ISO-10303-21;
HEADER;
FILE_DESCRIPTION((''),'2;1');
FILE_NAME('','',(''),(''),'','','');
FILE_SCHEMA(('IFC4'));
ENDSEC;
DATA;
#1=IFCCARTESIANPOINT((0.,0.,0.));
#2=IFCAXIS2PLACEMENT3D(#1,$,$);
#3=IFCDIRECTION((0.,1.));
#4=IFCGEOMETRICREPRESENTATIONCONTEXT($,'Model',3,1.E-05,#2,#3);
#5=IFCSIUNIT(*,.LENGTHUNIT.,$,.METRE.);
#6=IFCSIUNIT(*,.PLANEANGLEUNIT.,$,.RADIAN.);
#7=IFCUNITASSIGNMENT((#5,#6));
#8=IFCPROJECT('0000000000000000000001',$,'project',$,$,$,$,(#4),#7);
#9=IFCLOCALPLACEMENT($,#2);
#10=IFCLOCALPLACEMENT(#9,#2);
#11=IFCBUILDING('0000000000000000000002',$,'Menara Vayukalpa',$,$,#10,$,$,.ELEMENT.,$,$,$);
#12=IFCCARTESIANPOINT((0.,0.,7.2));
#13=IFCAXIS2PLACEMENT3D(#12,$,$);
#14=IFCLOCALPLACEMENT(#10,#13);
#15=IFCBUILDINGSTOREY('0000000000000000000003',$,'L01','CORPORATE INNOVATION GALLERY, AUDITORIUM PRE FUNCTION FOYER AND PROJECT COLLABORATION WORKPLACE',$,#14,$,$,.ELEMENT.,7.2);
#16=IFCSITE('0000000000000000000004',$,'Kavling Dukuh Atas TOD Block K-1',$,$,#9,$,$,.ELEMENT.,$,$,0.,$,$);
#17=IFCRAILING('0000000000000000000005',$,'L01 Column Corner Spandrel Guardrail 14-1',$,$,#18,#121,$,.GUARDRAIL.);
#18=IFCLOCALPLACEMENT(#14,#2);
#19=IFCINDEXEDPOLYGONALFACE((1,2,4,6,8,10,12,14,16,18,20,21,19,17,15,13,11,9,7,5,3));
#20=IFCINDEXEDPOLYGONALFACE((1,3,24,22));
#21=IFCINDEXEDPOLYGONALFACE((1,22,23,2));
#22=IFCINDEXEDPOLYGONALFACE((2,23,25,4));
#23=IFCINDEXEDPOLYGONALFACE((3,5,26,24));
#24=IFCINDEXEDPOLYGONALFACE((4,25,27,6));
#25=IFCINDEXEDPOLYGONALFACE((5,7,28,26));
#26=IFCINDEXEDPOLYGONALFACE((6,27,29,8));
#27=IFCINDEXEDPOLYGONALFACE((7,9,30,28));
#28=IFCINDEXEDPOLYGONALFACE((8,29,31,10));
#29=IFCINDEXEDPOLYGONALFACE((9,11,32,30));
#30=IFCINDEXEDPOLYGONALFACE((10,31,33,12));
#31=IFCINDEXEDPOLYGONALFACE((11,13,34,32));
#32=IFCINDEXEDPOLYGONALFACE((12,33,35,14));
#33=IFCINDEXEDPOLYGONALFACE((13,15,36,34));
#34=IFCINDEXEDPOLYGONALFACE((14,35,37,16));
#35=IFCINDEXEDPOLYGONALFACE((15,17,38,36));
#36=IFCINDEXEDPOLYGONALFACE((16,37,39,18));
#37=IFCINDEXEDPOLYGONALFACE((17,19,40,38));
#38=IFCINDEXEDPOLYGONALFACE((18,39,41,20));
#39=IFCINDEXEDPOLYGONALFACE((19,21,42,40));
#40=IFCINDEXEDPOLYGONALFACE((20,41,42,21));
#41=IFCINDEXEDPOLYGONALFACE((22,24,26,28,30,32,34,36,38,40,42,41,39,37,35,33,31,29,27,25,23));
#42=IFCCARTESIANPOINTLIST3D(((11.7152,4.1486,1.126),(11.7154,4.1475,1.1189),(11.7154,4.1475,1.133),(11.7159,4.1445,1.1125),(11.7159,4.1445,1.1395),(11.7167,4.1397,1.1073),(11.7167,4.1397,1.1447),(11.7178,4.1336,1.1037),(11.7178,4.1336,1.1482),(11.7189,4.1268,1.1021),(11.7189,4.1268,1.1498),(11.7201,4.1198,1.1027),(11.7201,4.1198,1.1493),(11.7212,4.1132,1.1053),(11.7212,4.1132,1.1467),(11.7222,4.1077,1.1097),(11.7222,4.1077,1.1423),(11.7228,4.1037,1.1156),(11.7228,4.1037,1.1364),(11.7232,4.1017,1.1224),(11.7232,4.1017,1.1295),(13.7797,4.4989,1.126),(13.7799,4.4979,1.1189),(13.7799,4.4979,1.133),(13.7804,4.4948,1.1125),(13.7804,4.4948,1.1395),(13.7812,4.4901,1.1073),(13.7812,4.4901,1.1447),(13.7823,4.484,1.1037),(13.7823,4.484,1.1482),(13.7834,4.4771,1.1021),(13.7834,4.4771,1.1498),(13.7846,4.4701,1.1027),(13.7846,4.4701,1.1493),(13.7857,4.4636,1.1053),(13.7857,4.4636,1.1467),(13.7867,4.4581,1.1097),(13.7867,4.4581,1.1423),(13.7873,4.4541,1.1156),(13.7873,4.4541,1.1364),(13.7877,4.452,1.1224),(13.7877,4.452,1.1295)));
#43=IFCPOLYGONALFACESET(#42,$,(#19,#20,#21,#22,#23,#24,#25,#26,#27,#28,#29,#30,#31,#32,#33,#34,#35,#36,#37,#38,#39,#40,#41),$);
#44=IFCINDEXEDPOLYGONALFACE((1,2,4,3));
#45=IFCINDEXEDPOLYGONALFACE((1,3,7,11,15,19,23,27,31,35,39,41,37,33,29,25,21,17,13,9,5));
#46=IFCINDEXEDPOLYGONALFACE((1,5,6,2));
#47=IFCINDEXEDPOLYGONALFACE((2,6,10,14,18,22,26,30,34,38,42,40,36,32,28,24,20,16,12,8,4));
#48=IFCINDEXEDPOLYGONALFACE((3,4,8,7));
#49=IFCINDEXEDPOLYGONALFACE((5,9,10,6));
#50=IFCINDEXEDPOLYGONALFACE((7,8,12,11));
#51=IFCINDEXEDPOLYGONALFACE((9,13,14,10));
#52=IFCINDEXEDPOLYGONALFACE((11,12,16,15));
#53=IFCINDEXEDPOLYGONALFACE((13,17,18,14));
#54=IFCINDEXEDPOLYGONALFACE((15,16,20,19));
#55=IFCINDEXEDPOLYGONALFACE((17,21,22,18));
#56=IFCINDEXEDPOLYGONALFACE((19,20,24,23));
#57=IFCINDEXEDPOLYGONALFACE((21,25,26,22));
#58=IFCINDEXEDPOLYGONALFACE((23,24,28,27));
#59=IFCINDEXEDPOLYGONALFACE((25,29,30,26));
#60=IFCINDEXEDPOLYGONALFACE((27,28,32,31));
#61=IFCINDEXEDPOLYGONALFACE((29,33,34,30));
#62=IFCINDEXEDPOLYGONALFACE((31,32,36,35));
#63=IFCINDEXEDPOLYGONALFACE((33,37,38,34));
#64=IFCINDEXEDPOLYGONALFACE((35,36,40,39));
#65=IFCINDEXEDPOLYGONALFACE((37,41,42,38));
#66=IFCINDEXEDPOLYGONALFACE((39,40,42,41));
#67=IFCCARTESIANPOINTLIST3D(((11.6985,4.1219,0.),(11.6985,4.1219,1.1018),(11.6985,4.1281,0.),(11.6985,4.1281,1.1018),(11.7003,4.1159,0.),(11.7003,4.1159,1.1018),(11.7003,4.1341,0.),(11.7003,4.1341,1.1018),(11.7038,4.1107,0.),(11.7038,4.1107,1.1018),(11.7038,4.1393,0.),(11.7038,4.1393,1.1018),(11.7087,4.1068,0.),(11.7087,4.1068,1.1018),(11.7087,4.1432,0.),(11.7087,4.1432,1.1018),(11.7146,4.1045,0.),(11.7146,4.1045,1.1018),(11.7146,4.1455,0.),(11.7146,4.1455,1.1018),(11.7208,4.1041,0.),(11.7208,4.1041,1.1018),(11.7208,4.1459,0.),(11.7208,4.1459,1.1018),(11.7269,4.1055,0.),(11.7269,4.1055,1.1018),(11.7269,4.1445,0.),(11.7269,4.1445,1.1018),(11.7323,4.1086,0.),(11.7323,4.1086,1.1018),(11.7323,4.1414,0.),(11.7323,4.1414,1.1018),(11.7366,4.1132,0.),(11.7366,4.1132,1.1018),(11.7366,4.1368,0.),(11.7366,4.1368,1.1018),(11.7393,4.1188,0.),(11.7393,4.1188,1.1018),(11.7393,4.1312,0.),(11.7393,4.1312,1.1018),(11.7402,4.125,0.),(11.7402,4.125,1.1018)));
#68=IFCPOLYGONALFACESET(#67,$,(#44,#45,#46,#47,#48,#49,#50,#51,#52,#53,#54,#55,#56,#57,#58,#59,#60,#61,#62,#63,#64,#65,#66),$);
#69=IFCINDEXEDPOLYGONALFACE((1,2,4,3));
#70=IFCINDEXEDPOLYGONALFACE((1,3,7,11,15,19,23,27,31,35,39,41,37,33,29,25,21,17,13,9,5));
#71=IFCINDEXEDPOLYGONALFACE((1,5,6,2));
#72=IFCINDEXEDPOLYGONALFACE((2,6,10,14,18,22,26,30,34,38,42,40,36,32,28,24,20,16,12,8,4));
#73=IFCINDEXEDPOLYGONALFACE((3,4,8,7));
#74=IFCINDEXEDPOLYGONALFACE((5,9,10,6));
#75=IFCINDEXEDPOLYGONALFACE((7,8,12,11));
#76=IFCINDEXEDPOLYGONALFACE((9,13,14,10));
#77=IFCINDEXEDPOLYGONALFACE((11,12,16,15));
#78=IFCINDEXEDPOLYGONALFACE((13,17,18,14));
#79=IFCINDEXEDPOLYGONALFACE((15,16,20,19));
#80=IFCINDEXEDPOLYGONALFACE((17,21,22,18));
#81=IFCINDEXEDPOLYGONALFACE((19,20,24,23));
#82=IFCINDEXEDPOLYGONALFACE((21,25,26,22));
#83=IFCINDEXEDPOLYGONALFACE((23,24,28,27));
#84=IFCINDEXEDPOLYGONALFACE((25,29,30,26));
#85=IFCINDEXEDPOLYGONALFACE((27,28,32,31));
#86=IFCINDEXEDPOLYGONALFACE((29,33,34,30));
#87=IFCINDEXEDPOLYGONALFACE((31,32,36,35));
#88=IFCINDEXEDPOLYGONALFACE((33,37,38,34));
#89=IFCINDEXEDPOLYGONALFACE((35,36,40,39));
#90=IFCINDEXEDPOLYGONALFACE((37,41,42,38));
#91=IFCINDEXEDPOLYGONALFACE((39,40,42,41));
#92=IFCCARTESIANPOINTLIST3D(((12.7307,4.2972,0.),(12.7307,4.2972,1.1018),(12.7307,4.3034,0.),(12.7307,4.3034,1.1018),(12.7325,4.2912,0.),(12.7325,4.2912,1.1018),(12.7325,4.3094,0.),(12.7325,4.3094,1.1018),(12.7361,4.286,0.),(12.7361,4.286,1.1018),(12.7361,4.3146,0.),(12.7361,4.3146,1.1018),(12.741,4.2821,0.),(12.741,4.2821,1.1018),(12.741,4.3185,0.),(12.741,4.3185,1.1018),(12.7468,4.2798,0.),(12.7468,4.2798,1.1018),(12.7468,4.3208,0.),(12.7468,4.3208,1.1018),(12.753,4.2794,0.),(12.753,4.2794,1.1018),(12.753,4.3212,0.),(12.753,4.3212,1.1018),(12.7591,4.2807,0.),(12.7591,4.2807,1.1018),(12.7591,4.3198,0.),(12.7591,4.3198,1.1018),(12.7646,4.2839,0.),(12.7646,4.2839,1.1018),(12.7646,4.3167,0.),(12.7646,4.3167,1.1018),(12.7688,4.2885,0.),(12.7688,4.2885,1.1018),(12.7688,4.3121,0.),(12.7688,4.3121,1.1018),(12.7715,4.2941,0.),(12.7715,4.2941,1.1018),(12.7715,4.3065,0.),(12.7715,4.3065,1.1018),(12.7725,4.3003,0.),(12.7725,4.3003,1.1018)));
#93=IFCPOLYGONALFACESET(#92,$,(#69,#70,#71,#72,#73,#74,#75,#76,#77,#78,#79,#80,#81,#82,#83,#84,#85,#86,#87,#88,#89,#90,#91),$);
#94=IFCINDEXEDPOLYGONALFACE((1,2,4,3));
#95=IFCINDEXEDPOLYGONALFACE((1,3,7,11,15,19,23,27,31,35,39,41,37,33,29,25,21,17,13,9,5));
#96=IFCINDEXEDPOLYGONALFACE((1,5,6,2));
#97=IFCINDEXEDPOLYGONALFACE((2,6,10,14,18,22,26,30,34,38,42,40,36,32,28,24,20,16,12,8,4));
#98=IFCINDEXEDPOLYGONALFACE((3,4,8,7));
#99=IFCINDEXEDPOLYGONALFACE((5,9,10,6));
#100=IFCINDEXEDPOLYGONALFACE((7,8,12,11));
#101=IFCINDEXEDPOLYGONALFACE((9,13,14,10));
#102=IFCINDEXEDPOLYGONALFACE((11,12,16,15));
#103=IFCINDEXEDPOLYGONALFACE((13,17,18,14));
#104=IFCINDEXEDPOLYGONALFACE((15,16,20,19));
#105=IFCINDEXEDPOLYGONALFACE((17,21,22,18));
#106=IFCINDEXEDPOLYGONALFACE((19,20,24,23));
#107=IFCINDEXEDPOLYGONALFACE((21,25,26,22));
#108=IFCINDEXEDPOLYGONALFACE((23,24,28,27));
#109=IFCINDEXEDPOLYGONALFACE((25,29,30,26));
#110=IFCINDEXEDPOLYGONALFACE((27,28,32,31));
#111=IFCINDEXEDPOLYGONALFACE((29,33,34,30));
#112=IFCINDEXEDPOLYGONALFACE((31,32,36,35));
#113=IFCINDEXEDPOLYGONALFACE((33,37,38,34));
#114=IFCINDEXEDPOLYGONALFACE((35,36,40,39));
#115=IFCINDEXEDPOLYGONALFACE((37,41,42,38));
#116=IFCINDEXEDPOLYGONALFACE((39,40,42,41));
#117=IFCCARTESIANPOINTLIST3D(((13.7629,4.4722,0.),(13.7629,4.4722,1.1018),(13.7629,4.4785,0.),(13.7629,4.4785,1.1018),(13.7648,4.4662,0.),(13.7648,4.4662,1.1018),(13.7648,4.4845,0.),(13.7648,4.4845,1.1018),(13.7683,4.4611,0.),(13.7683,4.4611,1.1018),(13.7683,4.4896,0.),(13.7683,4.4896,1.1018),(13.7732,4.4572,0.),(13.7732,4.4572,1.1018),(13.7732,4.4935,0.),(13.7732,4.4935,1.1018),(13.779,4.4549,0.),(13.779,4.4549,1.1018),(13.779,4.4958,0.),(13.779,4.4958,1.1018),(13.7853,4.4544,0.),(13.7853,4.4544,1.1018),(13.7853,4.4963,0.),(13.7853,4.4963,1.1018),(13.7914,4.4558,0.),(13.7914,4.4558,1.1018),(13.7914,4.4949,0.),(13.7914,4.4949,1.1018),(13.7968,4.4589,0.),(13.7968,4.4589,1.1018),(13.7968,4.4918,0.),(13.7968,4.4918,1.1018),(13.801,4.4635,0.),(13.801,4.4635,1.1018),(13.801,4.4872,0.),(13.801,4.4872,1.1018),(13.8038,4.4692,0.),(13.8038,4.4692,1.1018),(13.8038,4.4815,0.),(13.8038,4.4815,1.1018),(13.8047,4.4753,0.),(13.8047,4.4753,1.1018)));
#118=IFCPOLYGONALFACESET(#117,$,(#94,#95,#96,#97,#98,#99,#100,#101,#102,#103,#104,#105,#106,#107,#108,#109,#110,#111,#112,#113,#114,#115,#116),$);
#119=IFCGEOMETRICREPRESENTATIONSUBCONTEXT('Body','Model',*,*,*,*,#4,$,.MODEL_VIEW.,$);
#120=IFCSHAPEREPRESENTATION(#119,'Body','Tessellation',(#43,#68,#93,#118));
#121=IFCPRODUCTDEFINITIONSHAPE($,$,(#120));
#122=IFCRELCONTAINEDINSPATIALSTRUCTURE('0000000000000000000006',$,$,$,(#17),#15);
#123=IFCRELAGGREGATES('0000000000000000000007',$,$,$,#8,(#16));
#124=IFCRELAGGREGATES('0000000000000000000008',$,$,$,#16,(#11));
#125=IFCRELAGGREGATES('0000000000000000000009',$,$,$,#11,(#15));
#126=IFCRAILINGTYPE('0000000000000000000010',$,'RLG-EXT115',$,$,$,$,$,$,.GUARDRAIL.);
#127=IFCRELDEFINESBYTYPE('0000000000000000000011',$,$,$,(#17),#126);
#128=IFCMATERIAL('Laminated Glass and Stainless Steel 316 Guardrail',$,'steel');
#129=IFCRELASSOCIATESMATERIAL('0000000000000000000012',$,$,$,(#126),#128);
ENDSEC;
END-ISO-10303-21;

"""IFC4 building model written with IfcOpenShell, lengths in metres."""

from ifc_helpers import new_model, si_unit, direction, frame, origin, origin_2d, place, context, subcontext, project, spatial, circle, extrude, material, type_object, element, save


model = new_model("IFC4")

# Units and contexts
model_context = context("Model", 3, precision=1e-05, world=origin(), true_north=direction((0.0, 1.0)))
body_context = subcontext(model_context, "Body", "Model", "MODEL_VIEW")
ifc_project = project(units=[si_unit("LENGTHUNIT", "METRE"), si_unit("PLANEANGLEUNIT", "RADIAN")], contexts=[model_context])

# Site, building, storey
site_placement = place(None, origin())
site = spatial("IfcSite", under=ifc_project, at=site_placement, Name="Kavling Dukuh Atas TOD Block K-1", CompositionType="ELEMENT", RefElevation=0.0)
building_placement = place(site_placement, origin())
building = spatial("IfcBuilding", under=site, at=building_placement, Name="Menara Vayukalpa", CompositionType="ELEMENT")
storey_placement = place(building_placement, frame((0.0, 0.0, 7.2)))
storey = spatial("IfcBuildingStorey", under=building, at=storey_placement, Name="L01", Description="CORPORATE INNOVATION GALLERY, AUDITORIUM PRE FUNCTION FOYER AND PROJECT COLLABORATION WORKPLACE", CompositionType="ELEMENT", Elevation=7.2)

# Railing
ifc_material_1 = material(Name="Laminated Glass and Stainless Steel 316 Guardrail", Category="steel")
railing_type = type_object("IfcRailingType", Name="RLG-EXT115", PredefinedType="GUARDRAIL", material=ifc_material_1)
railing_1_placement = place(storey_placement, frame((11.7192, 4.125, 0.0)))
element("IfcRailing", 1, at=railing_1_placement, inside=storey, type_object=railing_type, Name="L01 Column Corner Spandrel Guardrail 14-1", PredefinedType="GUARDRAIL", context=body_context, shape_type="SweptSolid", body=[
    extrude(circle(Radius=0.0239, at=origin_2d()), frame((0.0, 0.0, 1.126), z_axis=(0.985904, 0.16731, 0.0), x_axis=(-0.16731, 0.985904, 0.0)), (0.0, 0.0, 1.0), 2.094),
    extrude(circle(Radius=0.021, at=origin_2d()), origin(), (0.0, 0.0, 1.0), 1.1018),
    extrude(circle(Radius=0.021, at=origin_2d()), frame((1.0322, 0.1753, 0.0)), (0.0, 0.0, 1.0), 1.1018),
    extrude(circle(Radius=0.021, at=origin_2d()), frame((2.0645, 0.3503, 0.0)), (0.0, 0.0, 1.0), 1.1018),
])

save(model, "model.ifc")
